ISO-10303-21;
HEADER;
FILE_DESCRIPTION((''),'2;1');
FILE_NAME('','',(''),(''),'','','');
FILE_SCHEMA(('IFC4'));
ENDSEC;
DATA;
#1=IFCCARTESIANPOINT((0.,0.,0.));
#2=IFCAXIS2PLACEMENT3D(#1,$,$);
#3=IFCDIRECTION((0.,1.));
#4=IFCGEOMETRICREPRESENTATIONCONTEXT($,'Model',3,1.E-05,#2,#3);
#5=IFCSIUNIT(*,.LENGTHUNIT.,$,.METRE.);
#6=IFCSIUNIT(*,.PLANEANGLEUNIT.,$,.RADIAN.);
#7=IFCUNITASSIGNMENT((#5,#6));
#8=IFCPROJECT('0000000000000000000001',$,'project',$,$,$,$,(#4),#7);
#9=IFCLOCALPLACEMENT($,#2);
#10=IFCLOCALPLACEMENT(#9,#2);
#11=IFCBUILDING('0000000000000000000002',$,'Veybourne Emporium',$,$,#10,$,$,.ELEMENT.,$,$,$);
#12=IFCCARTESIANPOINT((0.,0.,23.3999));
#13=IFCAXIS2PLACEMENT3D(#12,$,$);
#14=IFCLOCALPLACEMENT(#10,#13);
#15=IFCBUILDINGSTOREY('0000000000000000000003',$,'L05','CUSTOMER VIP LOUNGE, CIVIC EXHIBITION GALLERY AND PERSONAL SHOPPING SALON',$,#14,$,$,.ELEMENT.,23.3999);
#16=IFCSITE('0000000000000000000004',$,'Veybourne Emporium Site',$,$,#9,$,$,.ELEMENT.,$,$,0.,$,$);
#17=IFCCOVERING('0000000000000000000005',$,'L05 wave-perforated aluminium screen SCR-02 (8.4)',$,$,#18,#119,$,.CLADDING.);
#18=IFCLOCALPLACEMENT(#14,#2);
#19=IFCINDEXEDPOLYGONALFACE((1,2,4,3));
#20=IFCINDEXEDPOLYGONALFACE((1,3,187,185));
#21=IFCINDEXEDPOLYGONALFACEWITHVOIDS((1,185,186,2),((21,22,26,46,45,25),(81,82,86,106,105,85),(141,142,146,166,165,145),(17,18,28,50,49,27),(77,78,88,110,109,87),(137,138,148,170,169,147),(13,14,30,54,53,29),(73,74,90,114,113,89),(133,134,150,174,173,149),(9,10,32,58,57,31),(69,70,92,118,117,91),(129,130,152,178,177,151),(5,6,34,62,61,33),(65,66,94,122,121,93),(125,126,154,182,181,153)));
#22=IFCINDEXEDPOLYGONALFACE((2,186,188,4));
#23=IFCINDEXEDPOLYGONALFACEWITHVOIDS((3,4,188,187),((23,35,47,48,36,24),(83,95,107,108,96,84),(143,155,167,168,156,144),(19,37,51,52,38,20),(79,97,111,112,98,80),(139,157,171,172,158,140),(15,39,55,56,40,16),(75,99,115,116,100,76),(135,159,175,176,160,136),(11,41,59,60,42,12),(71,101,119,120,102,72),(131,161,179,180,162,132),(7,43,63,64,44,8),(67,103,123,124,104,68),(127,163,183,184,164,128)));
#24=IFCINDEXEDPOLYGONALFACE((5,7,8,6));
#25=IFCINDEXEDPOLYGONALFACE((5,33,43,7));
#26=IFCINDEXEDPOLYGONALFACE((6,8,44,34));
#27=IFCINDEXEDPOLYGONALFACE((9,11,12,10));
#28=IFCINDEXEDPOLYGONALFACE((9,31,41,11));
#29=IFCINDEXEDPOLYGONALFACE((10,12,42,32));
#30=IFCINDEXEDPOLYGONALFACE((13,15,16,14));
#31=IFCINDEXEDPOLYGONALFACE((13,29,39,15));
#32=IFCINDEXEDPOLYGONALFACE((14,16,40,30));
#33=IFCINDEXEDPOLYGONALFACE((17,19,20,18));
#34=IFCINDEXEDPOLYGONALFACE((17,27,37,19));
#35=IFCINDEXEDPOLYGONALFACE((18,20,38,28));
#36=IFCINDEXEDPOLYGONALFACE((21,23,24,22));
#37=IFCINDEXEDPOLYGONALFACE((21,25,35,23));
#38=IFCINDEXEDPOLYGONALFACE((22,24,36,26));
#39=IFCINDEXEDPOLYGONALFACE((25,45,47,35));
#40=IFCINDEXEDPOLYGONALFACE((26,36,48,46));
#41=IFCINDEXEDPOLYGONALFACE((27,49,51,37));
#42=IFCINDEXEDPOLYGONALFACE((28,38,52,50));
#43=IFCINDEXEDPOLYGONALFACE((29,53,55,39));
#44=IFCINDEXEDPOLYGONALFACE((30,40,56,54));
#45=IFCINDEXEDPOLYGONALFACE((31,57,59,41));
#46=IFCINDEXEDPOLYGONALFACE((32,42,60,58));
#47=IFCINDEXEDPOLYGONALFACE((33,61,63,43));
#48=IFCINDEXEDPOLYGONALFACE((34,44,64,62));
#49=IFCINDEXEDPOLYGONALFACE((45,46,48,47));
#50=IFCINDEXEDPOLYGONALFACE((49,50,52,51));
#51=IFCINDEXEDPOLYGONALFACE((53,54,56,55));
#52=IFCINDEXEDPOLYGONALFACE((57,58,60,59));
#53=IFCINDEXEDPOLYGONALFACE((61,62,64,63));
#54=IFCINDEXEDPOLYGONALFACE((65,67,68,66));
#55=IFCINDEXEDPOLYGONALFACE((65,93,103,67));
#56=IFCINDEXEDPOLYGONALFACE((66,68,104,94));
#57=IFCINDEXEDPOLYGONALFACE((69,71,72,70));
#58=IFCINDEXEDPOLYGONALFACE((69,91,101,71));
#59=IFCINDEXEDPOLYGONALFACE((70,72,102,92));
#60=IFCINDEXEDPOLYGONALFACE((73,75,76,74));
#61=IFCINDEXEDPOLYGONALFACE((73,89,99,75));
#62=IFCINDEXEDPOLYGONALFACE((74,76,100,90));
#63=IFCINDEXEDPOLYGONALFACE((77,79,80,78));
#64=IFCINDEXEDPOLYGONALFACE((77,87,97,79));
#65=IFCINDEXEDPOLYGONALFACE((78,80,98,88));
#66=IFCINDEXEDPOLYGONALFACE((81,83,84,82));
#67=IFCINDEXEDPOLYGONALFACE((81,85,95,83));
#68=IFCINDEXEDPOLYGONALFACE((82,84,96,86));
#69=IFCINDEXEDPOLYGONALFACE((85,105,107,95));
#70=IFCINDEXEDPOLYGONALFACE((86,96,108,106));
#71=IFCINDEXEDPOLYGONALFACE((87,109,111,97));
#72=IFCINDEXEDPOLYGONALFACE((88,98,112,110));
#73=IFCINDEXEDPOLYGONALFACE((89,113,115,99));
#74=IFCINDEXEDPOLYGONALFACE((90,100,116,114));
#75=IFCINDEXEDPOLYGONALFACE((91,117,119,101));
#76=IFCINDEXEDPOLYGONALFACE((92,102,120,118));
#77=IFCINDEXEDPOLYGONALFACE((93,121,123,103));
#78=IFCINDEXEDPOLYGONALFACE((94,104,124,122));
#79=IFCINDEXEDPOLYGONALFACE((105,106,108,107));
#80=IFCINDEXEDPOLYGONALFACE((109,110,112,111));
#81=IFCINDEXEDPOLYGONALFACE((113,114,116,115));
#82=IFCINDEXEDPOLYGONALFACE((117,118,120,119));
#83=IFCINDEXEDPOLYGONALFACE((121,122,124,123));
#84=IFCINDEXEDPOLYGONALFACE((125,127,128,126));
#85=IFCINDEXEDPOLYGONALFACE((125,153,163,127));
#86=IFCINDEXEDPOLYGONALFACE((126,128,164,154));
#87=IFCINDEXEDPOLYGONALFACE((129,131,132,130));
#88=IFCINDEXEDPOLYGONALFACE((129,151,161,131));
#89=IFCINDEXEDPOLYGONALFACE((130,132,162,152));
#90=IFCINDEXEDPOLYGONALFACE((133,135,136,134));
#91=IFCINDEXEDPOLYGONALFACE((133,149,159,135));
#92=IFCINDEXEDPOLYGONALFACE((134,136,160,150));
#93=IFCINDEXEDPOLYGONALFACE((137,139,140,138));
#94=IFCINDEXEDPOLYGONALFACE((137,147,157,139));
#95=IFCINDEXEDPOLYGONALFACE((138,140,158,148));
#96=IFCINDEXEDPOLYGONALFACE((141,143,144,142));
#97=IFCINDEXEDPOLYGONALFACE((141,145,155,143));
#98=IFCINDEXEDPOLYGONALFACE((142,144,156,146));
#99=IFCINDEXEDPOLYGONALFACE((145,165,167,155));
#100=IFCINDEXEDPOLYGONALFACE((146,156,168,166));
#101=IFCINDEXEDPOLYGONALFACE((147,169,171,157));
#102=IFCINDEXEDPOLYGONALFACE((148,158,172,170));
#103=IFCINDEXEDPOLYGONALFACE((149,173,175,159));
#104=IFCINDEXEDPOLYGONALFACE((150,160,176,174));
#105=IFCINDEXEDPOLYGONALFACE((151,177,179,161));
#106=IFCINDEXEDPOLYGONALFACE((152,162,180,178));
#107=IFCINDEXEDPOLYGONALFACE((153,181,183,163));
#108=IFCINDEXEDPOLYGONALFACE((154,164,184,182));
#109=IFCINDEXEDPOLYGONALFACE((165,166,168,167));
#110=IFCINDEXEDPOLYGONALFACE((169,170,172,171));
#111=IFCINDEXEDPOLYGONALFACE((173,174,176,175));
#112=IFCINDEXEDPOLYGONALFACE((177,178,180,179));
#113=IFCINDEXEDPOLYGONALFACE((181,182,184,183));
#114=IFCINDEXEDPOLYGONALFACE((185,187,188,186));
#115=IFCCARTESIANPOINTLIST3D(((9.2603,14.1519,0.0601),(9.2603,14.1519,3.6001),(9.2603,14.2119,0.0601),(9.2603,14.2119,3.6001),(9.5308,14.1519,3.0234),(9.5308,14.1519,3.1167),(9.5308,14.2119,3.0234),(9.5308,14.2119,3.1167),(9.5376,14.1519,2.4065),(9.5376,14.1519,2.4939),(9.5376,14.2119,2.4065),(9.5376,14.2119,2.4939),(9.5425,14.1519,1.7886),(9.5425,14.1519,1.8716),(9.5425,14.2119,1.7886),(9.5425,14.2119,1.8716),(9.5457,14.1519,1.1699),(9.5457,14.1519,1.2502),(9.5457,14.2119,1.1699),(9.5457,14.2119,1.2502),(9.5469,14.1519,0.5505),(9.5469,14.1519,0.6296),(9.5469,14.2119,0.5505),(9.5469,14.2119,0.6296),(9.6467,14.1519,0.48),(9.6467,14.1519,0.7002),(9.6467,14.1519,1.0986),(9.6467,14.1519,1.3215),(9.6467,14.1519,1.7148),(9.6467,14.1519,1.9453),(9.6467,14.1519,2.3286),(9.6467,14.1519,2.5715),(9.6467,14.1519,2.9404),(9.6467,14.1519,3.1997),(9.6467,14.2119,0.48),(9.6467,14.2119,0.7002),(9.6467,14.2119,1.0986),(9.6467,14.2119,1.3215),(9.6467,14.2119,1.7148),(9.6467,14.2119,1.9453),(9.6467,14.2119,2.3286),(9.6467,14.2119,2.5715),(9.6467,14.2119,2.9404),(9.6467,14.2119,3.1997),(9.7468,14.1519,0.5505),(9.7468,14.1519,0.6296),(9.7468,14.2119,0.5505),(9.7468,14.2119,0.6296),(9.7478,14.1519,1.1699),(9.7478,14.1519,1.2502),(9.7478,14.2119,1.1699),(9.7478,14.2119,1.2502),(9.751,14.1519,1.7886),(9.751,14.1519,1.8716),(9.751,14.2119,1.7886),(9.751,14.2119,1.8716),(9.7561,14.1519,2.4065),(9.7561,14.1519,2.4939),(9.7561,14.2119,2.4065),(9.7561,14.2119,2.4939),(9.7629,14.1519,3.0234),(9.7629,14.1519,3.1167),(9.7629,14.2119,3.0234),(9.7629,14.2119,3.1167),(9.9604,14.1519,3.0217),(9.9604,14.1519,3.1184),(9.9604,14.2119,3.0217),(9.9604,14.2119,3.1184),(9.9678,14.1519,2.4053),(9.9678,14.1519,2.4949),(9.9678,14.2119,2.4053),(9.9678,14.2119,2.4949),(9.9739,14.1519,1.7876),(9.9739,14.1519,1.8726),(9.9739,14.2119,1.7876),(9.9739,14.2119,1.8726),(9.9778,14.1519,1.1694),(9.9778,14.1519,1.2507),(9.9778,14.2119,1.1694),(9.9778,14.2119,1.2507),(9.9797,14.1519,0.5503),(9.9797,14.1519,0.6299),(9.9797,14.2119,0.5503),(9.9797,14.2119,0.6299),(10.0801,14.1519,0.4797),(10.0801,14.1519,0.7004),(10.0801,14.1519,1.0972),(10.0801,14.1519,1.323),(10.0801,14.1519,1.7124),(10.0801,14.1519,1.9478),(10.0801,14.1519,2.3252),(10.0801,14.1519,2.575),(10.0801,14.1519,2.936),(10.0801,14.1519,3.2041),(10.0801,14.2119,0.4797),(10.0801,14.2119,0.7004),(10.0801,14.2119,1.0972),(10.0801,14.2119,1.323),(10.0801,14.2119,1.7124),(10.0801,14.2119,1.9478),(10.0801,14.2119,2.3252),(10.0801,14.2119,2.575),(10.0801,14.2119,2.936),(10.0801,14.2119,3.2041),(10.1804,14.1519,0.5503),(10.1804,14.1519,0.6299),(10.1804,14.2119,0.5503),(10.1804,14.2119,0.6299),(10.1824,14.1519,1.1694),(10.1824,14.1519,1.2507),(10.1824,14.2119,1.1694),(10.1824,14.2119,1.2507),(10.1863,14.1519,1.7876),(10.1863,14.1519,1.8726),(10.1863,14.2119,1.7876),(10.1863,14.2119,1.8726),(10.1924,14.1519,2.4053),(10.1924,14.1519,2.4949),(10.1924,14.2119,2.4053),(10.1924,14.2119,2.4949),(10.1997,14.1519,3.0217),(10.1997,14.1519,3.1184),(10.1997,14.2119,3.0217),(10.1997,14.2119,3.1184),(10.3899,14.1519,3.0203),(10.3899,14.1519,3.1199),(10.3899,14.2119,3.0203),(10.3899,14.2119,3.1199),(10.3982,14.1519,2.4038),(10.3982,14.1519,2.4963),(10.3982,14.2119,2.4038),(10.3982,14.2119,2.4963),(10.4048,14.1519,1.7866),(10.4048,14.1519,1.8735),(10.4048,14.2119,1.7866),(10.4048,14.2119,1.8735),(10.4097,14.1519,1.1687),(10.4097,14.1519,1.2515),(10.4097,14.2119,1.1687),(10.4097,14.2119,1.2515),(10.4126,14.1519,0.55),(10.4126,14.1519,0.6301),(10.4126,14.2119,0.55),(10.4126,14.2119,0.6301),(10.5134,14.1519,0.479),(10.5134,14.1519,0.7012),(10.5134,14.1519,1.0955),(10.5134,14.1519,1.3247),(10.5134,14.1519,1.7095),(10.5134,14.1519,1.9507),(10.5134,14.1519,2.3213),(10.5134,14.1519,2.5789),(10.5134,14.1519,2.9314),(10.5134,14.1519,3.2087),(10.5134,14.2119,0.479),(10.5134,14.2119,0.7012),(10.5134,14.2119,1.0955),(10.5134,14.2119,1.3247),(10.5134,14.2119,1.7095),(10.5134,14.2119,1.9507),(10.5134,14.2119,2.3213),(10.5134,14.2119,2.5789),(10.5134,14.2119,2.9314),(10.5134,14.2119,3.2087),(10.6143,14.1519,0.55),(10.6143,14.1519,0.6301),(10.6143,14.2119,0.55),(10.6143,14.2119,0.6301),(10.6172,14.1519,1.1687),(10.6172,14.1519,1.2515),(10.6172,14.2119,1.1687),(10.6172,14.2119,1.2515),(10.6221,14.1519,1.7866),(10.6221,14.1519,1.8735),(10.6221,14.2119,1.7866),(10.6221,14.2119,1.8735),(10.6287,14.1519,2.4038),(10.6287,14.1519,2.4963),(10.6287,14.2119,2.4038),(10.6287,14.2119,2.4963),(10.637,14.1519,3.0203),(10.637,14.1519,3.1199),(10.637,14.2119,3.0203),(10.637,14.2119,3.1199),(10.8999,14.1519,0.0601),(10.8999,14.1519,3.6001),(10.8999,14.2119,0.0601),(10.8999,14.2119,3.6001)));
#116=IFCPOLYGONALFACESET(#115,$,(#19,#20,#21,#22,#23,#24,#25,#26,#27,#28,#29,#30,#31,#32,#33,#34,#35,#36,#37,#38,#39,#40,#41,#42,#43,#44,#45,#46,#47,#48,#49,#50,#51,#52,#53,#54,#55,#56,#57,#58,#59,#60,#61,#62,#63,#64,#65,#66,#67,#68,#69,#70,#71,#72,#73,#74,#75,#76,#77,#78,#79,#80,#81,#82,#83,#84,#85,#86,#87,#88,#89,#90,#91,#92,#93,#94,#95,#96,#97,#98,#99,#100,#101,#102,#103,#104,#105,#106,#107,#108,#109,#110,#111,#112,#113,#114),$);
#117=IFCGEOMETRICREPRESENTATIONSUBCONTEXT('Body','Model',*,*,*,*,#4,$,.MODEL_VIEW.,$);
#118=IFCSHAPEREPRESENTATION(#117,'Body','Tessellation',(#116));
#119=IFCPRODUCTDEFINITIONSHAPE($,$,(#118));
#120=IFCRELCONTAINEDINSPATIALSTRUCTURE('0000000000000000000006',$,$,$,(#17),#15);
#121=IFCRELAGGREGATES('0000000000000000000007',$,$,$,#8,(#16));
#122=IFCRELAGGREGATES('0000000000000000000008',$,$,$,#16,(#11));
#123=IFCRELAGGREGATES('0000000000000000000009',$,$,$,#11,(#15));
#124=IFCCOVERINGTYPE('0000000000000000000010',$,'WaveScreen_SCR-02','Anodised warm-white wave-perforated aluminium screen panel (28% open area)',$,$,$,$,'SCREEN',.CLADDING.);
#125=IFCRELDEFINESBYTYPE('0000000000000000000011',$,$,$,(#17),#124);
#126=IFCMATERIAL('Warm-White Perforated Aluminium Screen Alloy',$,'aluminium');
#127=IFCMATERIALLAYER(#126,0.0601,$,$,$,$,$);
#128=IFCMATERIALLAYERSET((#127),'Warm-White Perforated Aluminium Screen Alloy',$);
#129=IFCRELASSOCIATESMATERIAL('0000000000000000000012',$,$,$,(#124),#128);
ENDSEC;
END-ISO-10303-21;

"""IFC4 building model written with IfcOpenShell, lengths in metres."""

from ifc_helpers import new_model, si_unit, direction, frame, origin, place, context, subcontext, project, spatial, polyline, outline, extrude, material, layer, layer_set, type_object, element, save


model = new_model("IFC4")

# Units and contexts
model_context = context("Model", 3, precision=1e-05, world=origin(), true_north=direction((0.0, 1.0)))
body_context = subcontext(model_context, "Body", "Model", "MODEL_VIEW")
ifc_project = project(units=[si_unit("LENGTHUNIT", "METRE"), si_unit("PLANEANGLEUNIT", "RADIAN")], contexts=[model_context])

# Site, building, storey
site_placement = place(None, origin())
site = spatial("IfcSite", under=ifc_project, at=site_placement, Name="Veybourne Emporium Site", CompositionType="ELEMENT", RefElevation=0.0)
building_placement = place(site_placement, origin())
building = spatial("IfcBuilding", under=site, at=building_placement, Name="Veybourne Emporium", CompositionType="ELEMENT")
storey_placement = place(building_placement, frame((0.0, 0.0, 23.3999)))
storey = spatial("IfcBuildingStorey", under=building, at=storey_placement, Name="L05", Description="CUSTOMER VIP LOUNGE, CIVIC EXHIBITION GALLERY AND PERSONAL SHOPPING SALON", CompositionType="ELEMENT", Elevation=23.3999)

# Covering
ifc_material_1 = material(Name="Warm-White Perforated Aluminium Screen Alloy", Category="aluminium")
ifc_layer_1 = layer(ifc_material_1, 0.0601)
ifc_layer_set_1 = layer_set([ifc_layer_1], Name="Warm-White Perforated Aluminium Screen Alloy")
covering_type_1 = type_object("IfcCoveringType", Name="WaveScreen_SCR-02", Description="Anodised warm-white wave-perforated aluminium screen panel (28% open area)", ElementType="SCREEN", PredefinedType="CLADDING", material=ifc_layer_set_1)
covering_1_placement = place(storey_placement, frame((10.0801, 14.1519, 1.8301), z_axis=(0.0, 1.0, 0.0), x_axis=(-1.0, 0.0, 0.0)))
element("IfcCovering", 1, at=covering_1_placement, inside=storey, type_object=covering_type_1, Name="L05 wave-perforated aluminium screen SCR-02 (8.4)", PredefinedType="CLADDING", context=body_context, shape_type="SweptSolid", body=[
    extrude(outline(polyline([(-0.8198, -1.77), (0.8198, -1.77), (0.8198, 1.77), (-0.8198, 1.77), (-0.8198, -1.77)]), holes=[polyline([(-0.4333, -1.1289), (-0.3325, -1.2), (-0.3325, -1.28), (-0.4333, -1.3511), (-0.5342, -1.28), (-0.5342, -1.2), (-0.4333, -1.1289)]), polyline([(-0.4333, -0.5054), (-0.3296, -0.5786), (-0.3296, -0.6614), (-0.4333, -0.7346), (-0.5371, -0.6614), (-0.5371, -0.5786), (-0.4333, -0.5054)]), polyline([(-0.4333, 0.1206), (-0.3247, 0.0435), (-0.3247, -0.0435), (-0.4333, -0.1206), (-0.542, -0.0435), (-0.542, 0.0435), (-0.4333, 0.1206)]), polyline([(-0.4333, 0.7488), (-0.3181, 0.6663), (-0.3181, 0.5737), (-0.4333, 0.4912), (-0.5486, 0.5737), (-0.5486, 0.6663), (-0.4333, 0.7488)]), polyline([(-0.4333, 1.3787), (-0.3098, 1.2898), (-0.3098, 1.1902), (-0.4333, 1.1013), (-0.5569, 1.1902), (-0.5569, 1.2898), (-0.4333, 1.3787)]), polyline([(0.0, -1.1296), (0.1003, -1.2002), (0.1003, -1.2798), (0.0, -1.3503), (-0.1003, -1.2798), (-0.1003, -1.2002), (0.0, -1.1296)]), polyline([(0.0, -0.5071), (0.1023, -0.5793), (0.1023, -0.6606), (0.0, -0.7329), (-0.1023, -0.6606), (-0.1023, -0.5793), (0.0, -0.5071)]), polyline([(0.0, 0.1177), (0.1062, 0.0425), (0.1062, -0.0425), (0.0, -0.1177), (-0.1062, -0.0425), (-0.1062, 0.0425), (0.0, 0.1177)]), polyline([(0.0, 0.7449), (0.1123, 0.6648), (0.1123, 0.5752), (0.0, 0.4951), (-0.1123, 0.5752), (-0.1123, 0.6648), (0.0, 0.7449)]), polyline([(0.0, 1.374), (0.1196, 1.2883), (0.1196, 1.1917), (0.0, 1.106), (-0.1196, 1.1917), (-0.1196, 1.2883), (0.0, 1.374)]), polyline([(0.4333, -1.1299), (0.5332, -1.2004), (0.5332, -1.2795), (0.4333, -1.3501), (0.3333, -1.2795), (0.3333, -1.2004), (0.4333, -1.1299)]), polyline([(0.4333, -0.5085), (0.5344, -0.5798), (0.5344, -0.6602), (0.4333, -0.7314), (0.3323, -0.6602), (0.3323, -0.5798), (0.4333, -0.5085)]), polyline([(0.4333, 0.1152), (0.5376, 0.0415), (0.5376, -0.0415), (0.4333, -0.1152), (0.3291, -0.0415), (0.3291, 0.0415), (0.4333, 0.1152)]), polyline([(0.4333, 0.7415), (0.5425, 0.6638), (0.5425, 0.5764), (0.4333, 0.4985), (0.324, 0.5764), (0.324, 0.6638), (0.4333, 0.7415)]), polyline([(0.4333, 1.3696), (0.5493, 1.2866), (0.5493, 1.1934), (0.4333, 1.1104), (0.3171, 1.1934), (0.3171, 1.2866), (0.4333, 1.3696)])]), origin(), (0.0, 0.0, 1.0), 0.0601),
])

save(model, "model.ifc")
